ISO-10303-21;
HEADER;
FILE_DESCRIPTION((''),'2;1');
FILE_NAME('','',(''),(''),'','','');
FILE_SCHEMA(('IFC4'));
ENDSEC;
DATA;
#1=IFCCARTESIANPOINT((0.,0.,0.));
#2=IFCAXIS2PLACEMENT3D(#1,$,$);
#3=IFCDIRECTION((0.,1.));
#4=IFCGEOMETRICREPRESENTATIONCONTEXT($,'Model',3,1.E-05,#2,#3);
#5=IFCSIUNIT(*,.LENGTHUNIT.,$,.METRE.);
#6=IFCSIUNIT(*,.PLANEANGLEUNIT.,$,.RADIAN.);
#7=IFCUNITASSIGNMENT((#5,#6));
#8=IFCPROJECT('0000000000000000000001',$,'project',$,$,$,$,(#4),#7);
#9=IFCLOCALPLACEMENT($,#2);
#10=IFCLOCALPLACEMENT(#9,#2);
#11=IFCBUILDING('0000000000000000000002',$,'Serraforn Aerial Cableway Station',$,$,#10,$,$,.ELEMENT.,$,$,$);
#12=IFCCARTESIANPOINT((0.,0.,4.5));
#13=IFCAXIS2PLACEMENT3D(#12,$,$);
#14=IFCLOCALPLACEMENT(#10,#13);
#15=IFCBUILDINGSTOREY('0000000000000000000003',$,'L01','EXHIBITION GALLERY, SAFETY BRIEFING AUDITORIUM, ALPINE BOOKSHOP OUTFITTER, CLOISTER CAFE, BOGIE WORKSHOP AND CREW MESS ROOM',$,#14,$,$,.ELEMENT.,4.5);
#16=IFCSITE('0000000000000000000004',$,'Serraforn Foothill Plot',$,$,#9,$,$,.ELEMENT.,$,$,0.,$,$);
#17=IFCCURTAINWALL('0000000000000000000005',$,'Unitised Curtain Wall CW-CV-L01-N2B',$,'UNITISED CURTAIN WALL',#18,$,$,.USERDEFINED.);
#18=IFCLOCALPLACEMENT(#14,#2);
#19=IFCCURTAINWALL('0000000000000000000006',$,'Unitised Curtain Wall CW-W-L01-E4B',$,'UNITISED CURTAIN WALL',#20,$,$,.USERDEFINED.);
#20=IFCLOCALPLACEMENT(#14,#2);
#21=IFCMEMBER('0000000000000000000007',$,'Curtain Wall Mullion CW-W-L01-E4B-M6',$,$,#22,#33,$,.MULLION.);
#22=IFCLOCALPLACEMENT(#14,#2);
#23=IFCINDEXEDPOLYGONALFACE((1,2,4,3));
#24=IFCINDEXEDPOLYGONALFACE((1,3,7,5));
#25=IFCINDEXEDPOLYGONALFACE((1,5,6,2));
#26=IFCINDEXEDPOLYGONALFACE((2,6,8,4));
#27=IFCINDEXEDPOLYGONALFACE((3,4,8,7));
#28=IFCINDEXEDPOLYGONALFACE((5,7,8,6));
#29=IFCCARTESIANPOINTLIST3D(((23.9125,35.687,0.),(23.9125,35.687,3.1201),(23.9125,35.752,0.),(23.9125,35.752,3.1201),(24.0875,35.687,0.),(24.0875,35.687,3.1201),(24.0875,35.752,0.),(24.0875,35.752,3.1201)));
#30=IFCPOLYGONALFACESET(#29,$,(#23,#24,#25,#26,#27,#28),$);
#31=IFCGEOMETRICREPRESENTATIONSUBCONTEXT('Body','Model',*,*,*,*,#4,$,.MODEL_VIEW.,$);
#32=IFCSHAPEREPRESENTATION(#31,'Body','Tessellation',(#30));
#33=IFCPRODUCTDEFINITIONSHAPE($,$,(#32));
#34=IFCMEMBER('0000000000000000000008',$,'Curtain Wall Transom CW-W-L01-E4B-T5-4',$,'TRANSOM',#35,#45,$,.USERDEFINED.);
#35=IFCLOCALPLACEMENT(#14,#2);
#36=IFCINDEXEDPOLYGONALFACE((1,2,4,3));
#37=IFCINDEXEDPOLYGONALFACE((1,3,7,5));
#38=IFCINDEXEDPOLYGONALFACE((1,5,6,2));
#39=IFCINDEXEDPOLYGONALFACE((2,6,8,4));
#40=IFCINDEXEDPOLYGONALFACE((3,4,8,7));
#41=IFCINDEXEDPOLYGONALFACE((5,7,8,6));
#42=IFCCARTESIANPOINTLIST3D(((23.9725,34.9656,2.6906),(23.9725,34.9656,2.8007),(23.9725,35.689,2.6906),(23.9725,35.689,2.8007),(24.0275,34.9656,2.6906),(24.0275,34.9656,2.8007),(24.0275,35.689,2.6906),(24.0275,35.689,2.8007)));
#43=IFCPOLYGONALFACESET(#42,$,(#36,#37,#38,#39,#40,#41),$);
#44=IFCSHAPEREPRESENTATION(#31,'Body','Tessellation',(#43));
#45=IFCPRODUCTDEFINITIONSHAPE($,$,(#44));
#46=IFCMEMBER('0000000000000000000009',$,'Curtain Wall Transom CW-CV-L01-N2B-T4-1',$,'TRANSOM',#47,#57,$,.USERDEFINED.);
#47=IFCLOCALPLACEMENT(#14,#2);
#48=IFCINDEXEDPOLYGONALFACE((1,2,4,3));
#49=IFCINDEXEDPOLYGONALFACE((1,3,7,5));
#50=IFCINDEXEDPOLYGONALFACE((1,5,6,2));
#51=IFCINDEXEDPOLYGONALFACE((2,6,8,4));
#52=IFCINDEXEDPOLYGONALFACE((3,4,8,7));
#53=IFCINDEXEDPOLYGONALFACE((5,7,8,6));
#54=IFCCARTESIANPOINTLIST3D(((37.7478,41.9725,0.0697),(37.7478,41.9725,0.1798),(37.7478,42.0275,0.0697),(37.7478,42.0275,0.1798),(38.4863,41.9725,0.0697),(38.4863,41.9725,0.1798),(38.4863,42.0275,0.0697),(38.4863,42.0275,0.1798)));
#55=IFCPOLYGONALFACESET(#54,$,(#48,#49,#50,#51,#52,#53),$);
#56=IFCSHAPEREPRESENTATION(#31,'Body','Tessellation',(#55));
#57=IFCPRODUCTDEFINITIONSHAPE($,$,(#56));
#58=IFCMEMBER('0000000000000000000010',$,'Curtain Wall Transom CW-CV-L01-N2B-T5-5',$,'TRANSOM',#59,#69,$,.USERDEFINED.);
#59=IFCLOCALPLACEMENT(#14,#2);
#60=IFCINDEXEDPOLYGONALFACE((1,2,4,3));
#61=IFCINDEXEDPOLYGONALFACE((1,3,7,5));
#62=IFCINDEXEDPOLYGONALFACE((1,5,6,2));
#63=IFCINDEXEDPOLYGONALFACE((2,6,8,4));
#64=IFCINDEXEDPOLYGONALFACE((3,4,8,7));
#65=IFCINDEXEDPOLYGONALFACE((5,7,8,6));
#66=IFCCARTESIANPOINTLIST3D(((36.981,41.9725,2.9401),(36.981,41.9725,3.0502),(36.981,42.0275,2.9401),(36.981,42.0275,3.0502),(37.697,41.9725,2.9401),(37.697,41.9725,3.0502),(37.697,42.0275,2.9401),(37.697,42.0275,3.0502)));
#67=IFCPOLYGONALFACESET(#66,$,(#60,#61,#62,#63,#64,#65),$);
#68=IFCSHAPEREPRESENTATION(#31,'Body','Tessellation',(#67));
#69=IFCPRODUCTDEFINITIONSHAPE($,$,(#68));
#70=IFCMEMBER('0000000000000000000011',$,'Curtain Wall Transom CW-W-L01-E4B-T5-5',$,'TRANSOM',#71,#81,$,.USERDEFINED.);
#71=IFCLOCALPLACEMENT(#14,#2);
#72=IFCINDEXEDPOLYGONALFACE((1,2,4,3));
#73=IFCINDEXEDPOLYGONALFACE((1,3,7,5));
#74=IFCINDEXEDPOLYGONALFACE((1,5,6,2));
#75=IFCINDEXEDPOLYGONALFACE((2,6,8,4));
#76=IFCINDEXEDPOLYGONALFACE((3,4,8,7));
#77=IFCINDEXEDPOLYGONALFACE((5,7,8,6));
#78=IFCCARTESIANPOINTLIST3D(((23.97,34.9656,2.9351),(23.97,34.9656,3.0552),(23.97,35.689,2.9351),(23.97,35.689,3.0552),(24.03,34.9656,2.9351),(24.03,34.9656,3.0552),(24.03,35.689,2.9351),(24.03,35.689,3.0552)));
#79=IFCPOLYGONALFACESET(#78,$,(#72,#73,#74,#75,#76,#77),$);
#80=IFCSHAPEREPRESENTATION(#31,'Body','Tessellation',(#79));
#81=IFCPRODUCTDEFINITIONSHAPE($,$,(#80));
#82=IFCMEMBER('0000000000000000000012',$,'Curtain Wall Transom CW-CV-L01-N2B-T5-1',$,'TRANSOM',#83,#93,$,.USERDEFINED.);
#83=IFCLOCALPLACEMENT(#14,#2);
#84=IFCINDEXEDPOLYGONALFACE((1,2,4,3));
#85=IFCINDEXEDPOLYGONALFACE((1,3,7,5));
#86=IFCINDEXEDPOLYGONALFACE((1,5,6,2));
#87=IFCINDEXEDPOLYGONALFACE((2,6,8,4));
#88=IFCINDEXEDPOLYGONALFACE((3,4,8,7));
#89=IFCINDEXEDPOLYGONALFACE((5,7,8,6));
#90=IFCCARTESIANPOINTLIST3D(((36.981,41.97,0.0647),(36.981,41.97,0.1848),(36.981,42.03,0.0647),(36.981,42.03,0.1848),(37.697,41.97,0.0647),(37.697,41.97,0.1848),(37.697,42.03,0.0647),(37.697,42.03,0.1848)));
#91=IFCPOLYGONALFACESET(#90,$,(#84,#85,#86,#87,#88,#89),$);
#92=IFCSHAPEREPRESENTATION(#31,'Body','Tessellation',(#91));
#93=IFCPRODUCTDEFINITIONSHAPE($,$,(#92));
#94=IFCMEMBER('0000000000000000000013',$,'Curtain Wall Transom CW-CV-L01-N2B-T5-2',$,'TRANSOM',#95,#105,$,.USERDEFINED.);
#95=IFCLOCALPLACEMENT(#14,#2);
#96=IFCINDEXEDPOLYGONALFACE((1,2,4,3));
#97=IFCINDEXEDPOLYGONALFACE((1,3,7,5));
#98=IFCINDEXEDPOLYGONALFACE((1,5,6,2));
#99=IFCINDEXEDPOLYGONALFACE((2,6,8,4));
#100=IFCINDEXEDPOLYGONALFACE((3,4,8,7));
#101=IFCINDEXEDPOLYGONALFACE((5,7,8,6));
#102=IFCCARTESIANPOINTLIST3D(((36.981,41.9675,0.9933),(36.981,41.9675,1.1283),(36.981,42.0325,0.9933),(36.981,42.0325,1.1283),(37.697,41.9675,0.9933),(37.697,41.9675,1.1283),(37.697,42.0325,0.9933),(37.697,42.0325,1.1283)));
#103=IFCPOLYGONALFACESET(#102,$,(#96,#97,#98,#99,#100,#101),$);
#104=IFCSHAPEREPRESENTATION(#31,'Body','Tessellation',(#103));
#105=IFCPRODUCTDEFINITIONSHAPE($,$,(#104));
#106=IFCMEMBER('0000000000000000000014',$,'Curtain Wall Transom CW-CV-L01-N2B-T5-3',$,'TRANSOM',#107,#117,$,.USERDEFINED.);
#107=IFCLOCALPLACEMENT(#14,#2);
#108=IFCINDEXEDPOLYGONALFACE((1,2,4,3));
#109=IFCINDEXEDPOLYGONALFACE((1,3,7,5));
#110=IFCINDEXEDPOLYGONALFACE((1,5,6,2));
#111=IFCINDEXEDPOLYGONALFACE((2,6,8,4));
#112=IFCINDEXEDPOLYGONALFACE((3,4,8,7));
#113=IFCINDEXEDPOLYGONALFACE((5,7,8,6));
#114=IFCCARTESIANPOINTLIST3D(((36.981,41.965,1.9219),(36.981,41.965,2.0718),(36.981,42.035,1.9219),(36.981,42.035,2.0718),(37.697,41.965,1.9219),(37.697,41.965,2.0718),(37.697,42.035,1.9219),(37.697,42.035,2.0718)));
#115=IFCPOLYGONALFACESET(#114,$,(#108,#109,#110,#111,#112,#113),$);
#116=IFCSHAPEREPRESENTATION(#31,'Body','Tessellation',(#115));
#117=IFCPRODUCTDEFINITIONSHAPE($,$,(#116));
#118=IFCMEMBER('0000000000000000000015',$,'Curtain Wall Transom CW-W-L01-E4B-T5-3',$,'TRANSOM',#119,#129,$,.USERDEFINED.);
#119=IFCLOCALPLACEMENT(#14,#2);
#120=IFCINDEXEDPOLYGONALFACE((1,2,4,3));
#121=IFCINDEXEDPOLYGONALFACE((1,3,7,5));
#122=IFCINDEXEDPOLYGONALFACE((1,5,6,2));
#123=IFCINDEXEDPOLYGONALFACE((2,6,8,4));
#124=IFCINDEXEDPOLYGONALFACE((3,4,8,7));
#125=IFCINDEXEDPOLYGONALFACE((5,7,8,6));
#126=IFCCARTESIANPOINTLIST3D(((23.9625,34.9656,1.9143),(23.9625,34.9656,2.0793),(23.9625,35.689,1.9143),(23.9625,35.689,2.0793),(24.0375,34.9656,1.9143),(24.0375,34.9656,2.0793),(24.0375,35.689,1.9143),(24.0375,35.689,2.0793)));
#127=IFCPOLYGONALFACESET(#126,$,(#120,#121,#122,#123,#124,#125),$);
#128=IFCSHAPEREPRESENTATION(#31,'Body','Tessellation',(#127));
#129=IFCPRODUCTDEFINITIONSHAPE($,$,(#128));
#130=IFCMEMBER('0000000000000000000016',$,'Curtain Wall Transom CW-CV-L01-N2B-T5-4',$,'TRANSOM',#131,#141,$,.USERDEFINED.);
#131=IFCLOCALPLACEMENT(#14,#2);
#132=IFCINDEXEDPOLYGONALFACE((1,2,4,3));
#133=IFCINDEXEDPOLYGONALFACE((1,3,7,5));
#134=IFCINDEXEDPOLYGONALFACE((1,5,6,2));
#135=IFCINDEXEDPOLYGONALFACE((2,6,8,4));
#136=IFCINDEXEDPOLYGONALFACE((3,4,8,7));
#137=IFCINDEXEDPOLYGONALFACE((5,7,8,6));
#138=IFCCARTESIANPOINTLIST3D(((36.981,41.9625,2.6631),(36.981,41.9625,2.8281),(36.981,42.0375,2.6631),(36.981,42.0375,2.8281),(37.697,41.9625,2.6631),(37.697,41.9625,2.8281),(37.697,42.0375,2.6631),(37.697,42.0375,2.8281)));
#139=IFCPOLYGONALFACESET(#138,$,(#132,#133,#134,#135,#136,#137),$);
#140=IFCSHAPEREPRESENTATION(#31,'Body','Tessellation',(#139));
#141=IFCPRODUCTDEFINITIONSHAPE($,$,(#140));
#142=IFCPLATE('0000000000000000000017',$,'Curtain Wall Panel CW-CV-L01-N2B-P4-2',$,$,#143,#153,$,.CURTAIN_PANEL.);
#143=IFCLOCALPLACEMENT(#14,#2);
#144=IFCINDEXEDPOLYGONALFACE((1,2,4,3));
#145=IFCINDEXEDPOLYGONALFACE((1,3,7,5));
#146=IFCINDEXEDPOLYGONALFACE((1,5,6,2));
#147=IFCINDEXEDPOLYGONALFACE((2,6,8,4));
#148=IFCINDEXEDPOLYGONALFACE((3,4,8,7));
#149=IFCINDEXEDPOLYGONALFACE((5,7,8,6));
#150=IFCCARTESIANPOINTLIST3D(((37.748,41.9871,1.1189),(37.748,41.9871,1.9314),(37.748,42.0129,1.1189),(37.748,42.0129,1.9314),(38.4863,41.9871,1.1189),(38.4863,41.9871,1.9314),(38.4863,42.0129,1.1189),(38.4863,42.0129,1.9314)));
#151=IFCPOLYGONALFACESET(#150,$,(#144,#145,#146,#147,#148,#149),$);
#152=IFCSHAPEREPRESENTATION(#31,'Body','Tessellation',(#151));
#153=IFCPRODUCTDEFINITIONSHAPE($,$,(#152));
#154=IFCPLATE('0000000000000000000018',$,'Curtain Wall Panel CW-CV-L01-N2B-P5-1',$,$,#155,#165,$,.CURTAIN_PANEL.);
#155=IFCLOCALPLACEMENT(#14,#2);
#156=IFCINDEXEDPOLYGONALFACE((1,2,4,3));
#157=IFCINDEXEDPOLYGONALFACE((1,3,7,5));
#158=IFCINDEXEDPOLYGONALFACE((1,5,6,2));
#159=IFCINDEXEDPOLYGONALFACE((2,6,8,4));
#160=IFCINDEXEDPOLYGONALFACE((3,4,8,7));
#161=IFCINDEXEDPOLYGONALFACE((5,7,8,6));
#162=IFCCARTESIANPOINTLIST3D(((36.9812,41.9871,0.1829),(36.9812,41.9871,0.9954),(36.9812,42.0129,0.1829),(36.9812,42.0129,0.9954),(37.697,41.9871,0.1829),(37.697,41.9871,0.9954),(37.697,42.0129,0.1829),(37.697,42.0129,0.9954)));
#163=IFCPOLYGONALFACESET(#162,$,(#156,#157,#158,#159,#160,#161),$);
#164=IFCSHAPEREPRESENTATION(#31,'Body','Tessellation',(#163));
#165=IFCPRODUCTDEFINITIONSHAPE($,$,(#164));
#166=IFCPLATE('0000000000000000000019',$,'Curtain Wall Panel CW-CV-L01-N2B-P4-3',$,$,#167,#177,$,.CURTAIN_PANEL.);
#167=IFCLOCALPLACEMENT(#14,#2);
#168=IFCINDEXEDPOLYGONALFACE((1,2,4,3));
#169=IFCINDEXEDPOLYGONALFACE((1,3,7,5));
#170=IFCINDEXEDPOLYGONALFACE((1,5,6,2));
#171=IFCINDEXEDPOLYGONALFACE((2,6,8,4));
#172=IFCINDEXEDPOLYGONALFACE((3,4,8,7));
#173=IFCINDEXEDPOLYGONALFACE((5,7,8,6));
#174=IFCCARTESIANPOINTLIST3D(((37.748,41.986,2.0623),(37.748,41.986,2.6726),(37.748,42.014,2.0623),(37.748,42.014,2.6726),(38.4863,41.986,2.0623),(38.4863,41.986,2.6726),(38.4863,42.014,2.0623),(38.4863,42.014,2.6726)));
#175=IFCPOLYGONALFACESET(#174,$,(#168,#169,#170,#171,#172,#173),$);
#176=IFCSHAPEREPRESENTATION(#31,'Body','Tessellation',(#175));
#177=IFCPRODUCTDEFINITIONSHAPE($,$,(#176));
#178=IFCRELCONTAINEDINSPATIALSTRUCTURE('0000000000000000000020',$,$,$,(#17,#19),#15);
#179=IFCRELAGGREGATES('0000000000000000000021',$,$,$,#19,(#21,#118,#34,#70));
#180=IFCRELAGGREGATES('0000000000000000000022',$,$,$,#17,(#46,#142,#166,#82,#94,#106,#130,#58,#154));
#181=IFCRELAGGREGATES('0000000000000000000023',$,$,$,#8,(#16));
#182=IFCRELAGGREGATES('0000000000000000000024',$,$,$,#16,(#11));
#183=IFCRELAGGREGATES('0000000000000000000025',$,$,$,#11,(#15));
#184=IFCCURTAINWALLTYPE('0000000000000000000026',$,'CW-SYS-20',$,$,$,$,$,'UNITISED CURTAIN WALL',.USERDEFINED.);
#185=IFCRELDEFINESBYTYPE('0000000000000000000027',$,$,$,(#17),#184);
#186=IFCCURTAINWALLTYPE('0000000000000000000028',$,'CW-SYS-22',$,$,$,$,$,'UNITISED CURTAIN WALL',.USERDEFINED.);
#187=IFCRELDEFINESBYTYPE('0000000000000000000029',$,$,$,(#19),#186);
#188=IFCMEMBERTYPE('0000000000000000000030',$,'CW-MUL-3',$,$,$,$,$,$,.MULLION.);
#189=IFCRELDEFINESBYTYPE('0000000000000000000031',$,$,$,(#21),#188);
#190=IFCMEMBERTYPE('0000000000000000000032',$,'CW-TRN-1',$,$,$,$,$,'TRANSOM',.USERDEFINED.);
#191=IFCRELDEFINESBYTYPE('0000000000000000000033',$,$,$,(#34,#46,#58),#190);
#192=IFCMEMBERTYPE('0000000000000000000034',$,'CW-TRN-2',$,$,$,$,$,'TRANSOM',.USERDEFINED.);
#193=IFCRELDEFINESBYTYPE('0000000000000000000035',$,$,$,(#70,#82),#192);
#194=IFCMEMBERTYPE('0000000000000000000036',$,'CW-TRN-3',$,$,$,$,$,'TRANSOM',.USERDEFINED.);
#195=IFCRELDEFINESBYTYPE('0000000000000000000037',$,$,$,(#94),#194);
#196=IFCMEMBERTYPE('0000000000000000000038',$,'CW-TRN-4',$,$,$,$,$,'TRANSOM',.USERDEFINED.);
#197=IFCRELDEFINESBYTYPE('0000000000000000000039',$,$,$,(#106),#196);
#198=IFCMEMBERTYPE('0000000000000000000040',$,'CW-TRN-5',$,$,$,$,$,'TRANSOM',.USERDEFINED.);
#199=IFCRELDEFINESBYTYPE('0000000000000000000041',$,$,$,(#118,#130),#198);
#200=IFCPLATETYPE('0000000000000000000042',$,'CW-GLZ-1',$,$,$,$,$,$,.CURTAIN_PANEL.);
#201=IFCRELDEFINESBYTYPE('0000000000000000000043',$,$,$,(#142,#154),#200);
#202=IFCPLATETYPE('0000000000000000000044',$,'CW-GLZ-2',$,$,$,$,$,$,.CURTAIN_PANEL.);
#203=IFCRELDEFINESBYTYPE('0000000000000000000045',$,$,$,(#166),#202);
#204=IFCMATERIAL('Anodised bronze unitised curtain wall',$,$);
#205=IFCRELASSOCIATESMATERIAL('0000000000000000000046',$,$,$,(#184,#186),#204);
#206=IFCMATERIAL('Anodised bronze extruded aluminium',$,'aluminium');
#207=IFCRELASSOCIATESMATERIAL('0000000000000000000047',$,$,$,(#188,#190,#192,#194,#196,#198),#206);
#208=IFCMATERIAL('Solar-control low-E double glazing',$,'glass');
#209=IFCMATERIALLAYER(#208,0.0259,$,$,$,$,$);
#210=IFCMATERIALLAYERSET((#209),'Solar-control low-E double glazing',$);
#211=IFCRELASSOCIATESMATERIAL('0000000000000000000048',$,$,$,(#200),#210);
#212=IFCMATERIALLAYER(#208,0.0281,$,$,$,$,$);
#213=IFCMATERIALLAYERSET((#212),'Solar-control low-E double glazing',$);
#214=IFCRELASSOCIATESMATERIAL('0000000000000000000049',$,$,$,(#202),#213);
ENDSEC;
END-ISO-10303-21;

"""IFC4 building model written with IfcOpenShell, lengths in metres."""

from ifc_helpers import new_model, si_unit, direction, frame, origin, origin_2d, place, context, subcontext, project, spatial, rectangle, extrude, material, layer, layer_set, material_profile, profile_set, type_object, element, aggregate, save


model = new_model("IFC4")

# Units and contexts
model_context = context("Model", 3, precision=1e-05, world=origin(), true_north=direction((0.0, 1.0)))
body_context = subcontext(model_context, "Body", "Model", "MODEL_VIEW")
ifc_project = project(units=[si_unit("LENGTHUNIT", "METRE"), si_unit("PLANEANGLEUNIT", "RADIAN")], contexts=[model_context])

# Site, building, storey
site_placement = place(None, origin())
site = spatial("IfcSite", under=ifc_project, at=site_placement, Name="Serraforn Foothill Plot", CompositionType="ELEMENT", RefElevation=0.0)
building_placement = place(site_placement, origin())
building = spatial("IfcBuilding", under=site, at=building_placement, Name="Serraforn Aerial Cableway Station", CompositionType="ELEMENT")
storey_placement = place(building_placement, frame((0.0, 0.0, 4.5)))
storey = spatial("IfcBuildingStorey", under=building, at=storey_placement, Name="L01", Description="EXHIBITION GALLERY, SAFETY BRIEFING AUDITORIUM, ALPINE BOOKSHOP OUTFITTER, CLOISTER CAFE, BOGIE WORKSHOP AND CREW MESS ROOM", CompositionType="ELEMENT", Elevation=4.5)

# Curtain walls, members
ifc_material_1 = material(Name="Anodised bronze unitised curtain wall")
curtain_wall_type_1 = type_object("IfcCurtainWallType", Name="CW-SYS-20", ElementType="UNITISED CURTAIN WALL", PredefinedType="USERDEFINED", material=ifc_material_1)
curtain_wall_1_placement = place(storey_placement, origin())
curtain_wall_1 = element("IfcCurtainWall", 1, at=curtain_wall_1_placement, inside=storey, type_object=curtain_wall_type_1, Name="Unitised Curtain Wall CW-CV-L01-N2B", ObjectType="UNITISED CURTAIN WALL", PredefinedType="USERDEFINED")
ifc_material_2 = material(Name="Anodised bronze extruded aluminium", Category="aluminium")
curtain_wall_type_2 = type_object("IfcCurtainWallType", Name="CW-SYS-22", ElementType="UNITISED CURTAIN WALL", PredefinedType="USERDEFINED", material=ifc_material_1)
curtain_wall_2_placement = place(storey_placement, origin())
curtain_wall_2 = element("IfcCurtainWall", 2, at=curtain_wall_2_placement, inside=storey, type_object=curtain_wall_type_2, Name="Unitised Curtain Wall CW-W-L01-E4B", ObjectType="UNITISED CURTAIN WALL", PredefinedType="USERDEFINED")
ifc_material_profile_1 = material_profile(ifc_material_2, rectangle(XDim=0.0649, YDim=0.175, at=origin_2d()), Name="CW MULLION 65x175")
ifc_profile_set_1 = profile_set([ifc_material_profile_1], Name="Anodised bronze extruded aluminium")
member_type_1 = type_object("IfcMemberType", Name="CW-MUL-3", PredefinedType="MULLION", material=ifc_profile_set_1)
member_1_placement = place(storey_placement, frame((24.0, 35.7195, 0.0), z_axis=(0.0, 0.0, 1.0), x_axis=(0.0, 1.0, 0.0)))
member_1 = element("IfcMember", 3, at=member_1_placement, type_object=member_type_1, Name="Curtain Wall Mullion CW-W-L01-E4B-M6", PredefinedType="MULLION", context=body_context, shape_type="SweptSolid", body=[
    extrude(rectangle(XDim=0.0649, YDim=0.175, at=origin_2d()), origin(), (0.0, 0.0, 1.0), 3.1201),
])
ifc_material_profile_2 = material_profile(ifc_material_2, rectangle(XDim=0.0549, YDim=0.1101, at=origin_2d()), Name="CW TRANSOM 55x110")
ifc_profile_set_2 = profile_set([ifc_material_profile_2], Name="Anodised bronze extruded aluminium")
member_type_2 = type_object("IfcMemberType", Name="CW-TRN-1", ElementType="TRANSOM", PredefinedType="USERDEFINED", material=ifc_profile_set_2)
member_2_placement = place(storey_placement, frame((24.0, 34.9656, 2.7456), z_axis=(0.0, 1.0, 0.0), x_axis=(-1.0, 0.0, 0.0)))
member_2 = element("IfcMember", 4, at=member_2_placement, type_object=member_type_2, Name="Curtain Wall Transom CW-W-L01-E4B-T5-4", ObjectType="TRANSOM", PredefinedType="USERDEFINED", context=body_context, shape_type="SweptSolid", body=[
    extrude(rectangle(XDim=0.0549, YDim=0.1101, at=origin_2d()), origin(), (0.0, 0.0, 1.0), 0.7234),
])

# Members
member_3_placement = place(storey_placement, frame((38.4863, 42.0, 0.1248), z_axis=(-1.0, 0.0, 0.0), x_axis=(0.0, -1.0, 0.0)))
member_3 = element("IfcMember", 5, at=member_3_placement, type_object=member_type_2, Name="Curtain Wall Transom CW-CV-L01-N2B-T4-1", ObjectType="TRANSOM", PredefinedType="USERDEFINED", context=body_context, shape_type="SweptSolid", body=[
    extrude(rectangle(XDim=0.0549, YDim=0.1101, at=origin_2d()), origin(), (0.0, 0.0, 1.0), 0.7385),
])
member_4_placement = place(storey_placement, frame((37.697, 42.0, 2.9951), z_axis=(-1.0, 0.0, 0.0), x_axis=(0.0, -1.0, 0.0)))
member_4 = element("IfcMember", 6, at=member_4_placement, type_object=member_type_2, Name="Curtain Wall Transom CW-CV-L01-N2B-T5-5", ObjectType="TRANSOM", PredefinedType="USERDEFINED", context=body_context, shape_type="SweptSolid", body=[
    extrude(rectangle(XDim=0.0549, YDim=0.1101, at=origin_2d()), origin(), (0.0, 0.0, 1.0), 0.7161),
])
ifc_material_profile_3 = material_profile(ifc_material_2, rectangle(XDim=0.0601, YDim=0.1201, at=origin_2d()), Name="CW TRANSOM 60x120")
ifc_profile_set_3 = profile_set([ifc_material_profile_3], Name="Anodised bronze extruded aluminium")
member_type_3 = type_object("IfcMemberType", Name="CW-TRN-2", ElementType="TRANSOM", PredefinedType="USERDEFINED", material=ifc_profile_set_3)
member_5_placement = place(storey_placement, frame((24.0, 34.9656, 2.9951), z_axis=(0.0, 1.0, 0.0), x_axis=(-1.0, 0.0, 0.0)))
member_5 = element("IfcMember", 7, at=member_5_placement, type_object=member_type_3, Name="Curtain Wall Transom CW-W-L01-E4B-T5-5", ObjectType="TRANSOM", PredefinedType="USERDEFINED", context=body_context, shape_type="SweptSolid", body=[
    extrude(rectangle(XDim=0.0601, YDim=0.1201, at=origin_2d()), origin(), (0.0, 0.0, 1.0), 0.7234),
])
member_6_placement = place(storey_placement, frame((37.697, 42.0, 0.1248), z_axis=(-1.0, 0.0, 0.0), x_axis=(0.0, -1.0, 0.0)))
member_6 = element("IfcMember", 8, at=member_6_placement, type_object=member_type_3, Name="Curtain Wall Transom CW-CV-L01-N2B-T5-1", ObjectType="TRANSOM", PredefinedType="USERDEFINED", context=body_context, shape_type="SweptSolid", body=[
    extrude(rectangle(XDim=0.0601, YDim=0.1201, at=origin_2d()), origin(), (0.0, 0.0, 1.0), 0.7161),
])
ifc_material_profile_4 = material_profile(ifc_material_2, rectangle(XDim=0.0649, YDim=0.135, at=origin_2d()), Name="CW TRANSOM 65x135")
ifc_profile_set_4 = profile_set([ifc_material_profile_4], Name="Anodised bronze extruded aluminium")
member_type_4 = type_object("IfcMemberType", Name="CW-TRN-3", ElementType="TRANSOM", PredefinedType="USERDEFINED", material=ifc_profile_set_4)
member_7_placement = place(storey_placement, frame((37.697, 42.0, 1.0608), z_axis=(-1.0, 0.0, 0.0), x_axis=(0.0, -1.0, 0.0)))
member_7 = element("IfcMember", 9, at=member_7_placement, type_object=member_type_4, Name="Curtain Wall Transom CW-CV-L01-N2B-T5-2", ObjectType="TRANSOM", PredefinedType="USERDEFINED", context=body_context, shape_type="SweptSolid", body=[
    extrude(rectangle(XDim=0.0649, YDim=0.135, at=origin_2d()), origin(), (0.0, 0.0, 1.0), 0.7161),
])
ifc_material_profile_5 = material_profile(ifc_material_2, rectangle(XDim=0.0701, YDim=0.1499, at=origin_2d()), Name="CW TRANSOM 70x150")
ifc_profile_set_5 = profile_set([ifc_material_profile_5], Name="Anodised bronze extruded aluminium")
member_type_5 = type_object("IfcMemberType", Name="CW-TRN-4", ElementType="TRANSOM", PredefinedType="USERDEFINED", material=ifc_profile_set_5)
member_8_placement = place(storey_placement, frame((37.697, 42.0, 1.9968), z_axis=(-1.0, 0.0, 0.0), x_axis=(0.0, -1.0, 0.0)))
member_8 = element("IfcMember", 10, at=member_8_placement, type_object=member_type_5, Name="Curtain Wall Transom CW-CV-L01-N2B-T5-3", ObjectType="TRANSOM", PredefinedType="USERDEFINED", context=body_context, shape_type="SweptSolid", body=[
    extrude(rectangle(XDim=0.0701, YDim=0.1499, at=origin_2d()), origin(), (0.0, 0.0, 1.0), 0.7161),
])
ifc_material_profile_6 = material_profile(ifc_material_2, rectangle(XDim=0.075, YDim=0.165, at=origin_2d()), Name="CW TRANSOM 75x165")
ifc_profile_set_6 = profile_set([ifc_material_profile_6], Name="Anodised bronze extruded aluminium")
member_type_6 = type_object("IfcMemberType", Name="CW-TRN-5", ElementType="TRANSOM", PredefinedType="USERDEFINED", material=ifc_profile_set_6)
member_9_placement = place(storey_placement, frame((24.0, 34.9656, 1.9968), z_axis=(0.0, 1.0, 0.0), x_axis=(-1.0, 0.0, 0.0)))
member_9 = element("IfcMember", 11, at=member_9_placement, type_object=member_type_6, Name="Curtain Wall Transom CW-W-L01-E4B-T5-3", ObjectType="TRANSOM", PredefinedType="USERDEFINED", context=body_context, shape_type="SweptSolid", body=[
    extrude(rectangle(XDim=0.075, YDim=0.165, at=origin_2d()), origin(), (0.0, 0.0, 1.0), 0.7234),
])
member_10_placement = place(storey_placement, frame((37.697, 42.0, 2.7456), z_axis=(-1.0, 0.0, 0.0), x_axis=(0.0, -1.0, 0.0)))
member_10 = element("IfcMember", 12, at=member_10_placement, type_object=member_type_6, Name="Curtain Wall Transom CW-CV-L01-N2B-T5-4", ObjectType="TRANSOM", PredefinedType="USERDEFINED", context=body_context, shape_type="SweptSolid", body=[
    extrude(rectangle(XDim=0.075, YDim=0.165, at=origin_2d()), origin(), (0.0, 0.0, 1.0), 0.7161),
])

# Plates
ifc_material_3 = material(Name="Solar-control low-E double glazing", Category="glass")
ifc_layer_1 = layer(ifc_material_3, 0.0259)
ifc_layer_set_1 = layer_set([ifc_layer_1], Name="Solar-control low-E double glazing")
plate_type_1 = type_object("IfcPlateType", Name="CW-GLZ-1", PredefinedType="CURTAIN_PANEL", material=ifc_layer_set_1)
plate_1_placement = place(storey_placement, frame((38.1172, 42.0, 1.1189), z_axis=(0.0, 0.0, 1.0), x_axis=(1.0, 0.0, 0.0)))
plate_1 = element("IfcPlate", 13, at=plate_1_placement, type_object=plate_type_1, Name="Curtain Wall Panel CW-CV-L01-N2B-P4-2", PredefinedType="CURTAIN_PANEL", context=body_context, shape_type="SweptSolid", body=[
    extrude(rectangle(XDim=0.7383, YDim=0.0259, at=origin_2d()), origin(), (0.0, 0.0, 1.0), 0.8125),
])
plate_2_placement = place(storey_placement, frame((37.3391, 42.0, 0.1829), z_axis=(0.0, 0.0, 1.0), x_axis=(1.0, 0.0, 0.0)))
plate_2 = element("IfcPlate", 14, at=plate_2_placement, type_object=plate_type_1, Name="Curtain Wall Panel CW-CV-L01-N2B-P5-1", PredefinedType="CURTAIN_PANEL", context=body_context, shape_type="SweptSolid", body=[
    extrude(rectangle(XDim=0.7158, YDim=0.0259, at=origin_2d()), origin(), (0.0, 0.0, 1.0), 0.8125),
])
ifc_layer_2 = layer(ifc_material_3, 0.0281)
ifc_layer_set_2 = layer_set([ifc_layer_2], Name="Solar-control low-E double glazing")
plate_type_2 = type_object("IfcPlateType", Name="CW-GLZ-2", PredefinedType="CURTAIN_PANEL", material=ifc_layer_set_2)
plate_3_placement = place(storey_placement, frame((38.1172, 42.0, 2.0623), z_axis=(0.0, 0.0, 1.0), x_axis=(1.0, 0.0, 0.0)))
plate_3 = element("IfcPlate", 15, at=plate_3_placement, type_object=plate_type_2, Name="Curtain Wall Panel CW-CV-L01-N2B-P4-3", PredefinedType="CURTAIN_PANEL", context=body_context, shape_type="SweptSolid", body=[
    extrude(rectangle(XDim=0.7383, YDim=0.0281, at=origin_2d()), origin(), (0.0, 0.0, 1.0), 0.6104),
])
aggregate(curtain_wall_2, [member_1, member_9, member_2, member_5])
aggregate(curtain_wall_1, [member_3, plate_1, plate_3, member_6, member_7, member_8, member_10, member_4, plate_2])

save(model, "model.ifc")
